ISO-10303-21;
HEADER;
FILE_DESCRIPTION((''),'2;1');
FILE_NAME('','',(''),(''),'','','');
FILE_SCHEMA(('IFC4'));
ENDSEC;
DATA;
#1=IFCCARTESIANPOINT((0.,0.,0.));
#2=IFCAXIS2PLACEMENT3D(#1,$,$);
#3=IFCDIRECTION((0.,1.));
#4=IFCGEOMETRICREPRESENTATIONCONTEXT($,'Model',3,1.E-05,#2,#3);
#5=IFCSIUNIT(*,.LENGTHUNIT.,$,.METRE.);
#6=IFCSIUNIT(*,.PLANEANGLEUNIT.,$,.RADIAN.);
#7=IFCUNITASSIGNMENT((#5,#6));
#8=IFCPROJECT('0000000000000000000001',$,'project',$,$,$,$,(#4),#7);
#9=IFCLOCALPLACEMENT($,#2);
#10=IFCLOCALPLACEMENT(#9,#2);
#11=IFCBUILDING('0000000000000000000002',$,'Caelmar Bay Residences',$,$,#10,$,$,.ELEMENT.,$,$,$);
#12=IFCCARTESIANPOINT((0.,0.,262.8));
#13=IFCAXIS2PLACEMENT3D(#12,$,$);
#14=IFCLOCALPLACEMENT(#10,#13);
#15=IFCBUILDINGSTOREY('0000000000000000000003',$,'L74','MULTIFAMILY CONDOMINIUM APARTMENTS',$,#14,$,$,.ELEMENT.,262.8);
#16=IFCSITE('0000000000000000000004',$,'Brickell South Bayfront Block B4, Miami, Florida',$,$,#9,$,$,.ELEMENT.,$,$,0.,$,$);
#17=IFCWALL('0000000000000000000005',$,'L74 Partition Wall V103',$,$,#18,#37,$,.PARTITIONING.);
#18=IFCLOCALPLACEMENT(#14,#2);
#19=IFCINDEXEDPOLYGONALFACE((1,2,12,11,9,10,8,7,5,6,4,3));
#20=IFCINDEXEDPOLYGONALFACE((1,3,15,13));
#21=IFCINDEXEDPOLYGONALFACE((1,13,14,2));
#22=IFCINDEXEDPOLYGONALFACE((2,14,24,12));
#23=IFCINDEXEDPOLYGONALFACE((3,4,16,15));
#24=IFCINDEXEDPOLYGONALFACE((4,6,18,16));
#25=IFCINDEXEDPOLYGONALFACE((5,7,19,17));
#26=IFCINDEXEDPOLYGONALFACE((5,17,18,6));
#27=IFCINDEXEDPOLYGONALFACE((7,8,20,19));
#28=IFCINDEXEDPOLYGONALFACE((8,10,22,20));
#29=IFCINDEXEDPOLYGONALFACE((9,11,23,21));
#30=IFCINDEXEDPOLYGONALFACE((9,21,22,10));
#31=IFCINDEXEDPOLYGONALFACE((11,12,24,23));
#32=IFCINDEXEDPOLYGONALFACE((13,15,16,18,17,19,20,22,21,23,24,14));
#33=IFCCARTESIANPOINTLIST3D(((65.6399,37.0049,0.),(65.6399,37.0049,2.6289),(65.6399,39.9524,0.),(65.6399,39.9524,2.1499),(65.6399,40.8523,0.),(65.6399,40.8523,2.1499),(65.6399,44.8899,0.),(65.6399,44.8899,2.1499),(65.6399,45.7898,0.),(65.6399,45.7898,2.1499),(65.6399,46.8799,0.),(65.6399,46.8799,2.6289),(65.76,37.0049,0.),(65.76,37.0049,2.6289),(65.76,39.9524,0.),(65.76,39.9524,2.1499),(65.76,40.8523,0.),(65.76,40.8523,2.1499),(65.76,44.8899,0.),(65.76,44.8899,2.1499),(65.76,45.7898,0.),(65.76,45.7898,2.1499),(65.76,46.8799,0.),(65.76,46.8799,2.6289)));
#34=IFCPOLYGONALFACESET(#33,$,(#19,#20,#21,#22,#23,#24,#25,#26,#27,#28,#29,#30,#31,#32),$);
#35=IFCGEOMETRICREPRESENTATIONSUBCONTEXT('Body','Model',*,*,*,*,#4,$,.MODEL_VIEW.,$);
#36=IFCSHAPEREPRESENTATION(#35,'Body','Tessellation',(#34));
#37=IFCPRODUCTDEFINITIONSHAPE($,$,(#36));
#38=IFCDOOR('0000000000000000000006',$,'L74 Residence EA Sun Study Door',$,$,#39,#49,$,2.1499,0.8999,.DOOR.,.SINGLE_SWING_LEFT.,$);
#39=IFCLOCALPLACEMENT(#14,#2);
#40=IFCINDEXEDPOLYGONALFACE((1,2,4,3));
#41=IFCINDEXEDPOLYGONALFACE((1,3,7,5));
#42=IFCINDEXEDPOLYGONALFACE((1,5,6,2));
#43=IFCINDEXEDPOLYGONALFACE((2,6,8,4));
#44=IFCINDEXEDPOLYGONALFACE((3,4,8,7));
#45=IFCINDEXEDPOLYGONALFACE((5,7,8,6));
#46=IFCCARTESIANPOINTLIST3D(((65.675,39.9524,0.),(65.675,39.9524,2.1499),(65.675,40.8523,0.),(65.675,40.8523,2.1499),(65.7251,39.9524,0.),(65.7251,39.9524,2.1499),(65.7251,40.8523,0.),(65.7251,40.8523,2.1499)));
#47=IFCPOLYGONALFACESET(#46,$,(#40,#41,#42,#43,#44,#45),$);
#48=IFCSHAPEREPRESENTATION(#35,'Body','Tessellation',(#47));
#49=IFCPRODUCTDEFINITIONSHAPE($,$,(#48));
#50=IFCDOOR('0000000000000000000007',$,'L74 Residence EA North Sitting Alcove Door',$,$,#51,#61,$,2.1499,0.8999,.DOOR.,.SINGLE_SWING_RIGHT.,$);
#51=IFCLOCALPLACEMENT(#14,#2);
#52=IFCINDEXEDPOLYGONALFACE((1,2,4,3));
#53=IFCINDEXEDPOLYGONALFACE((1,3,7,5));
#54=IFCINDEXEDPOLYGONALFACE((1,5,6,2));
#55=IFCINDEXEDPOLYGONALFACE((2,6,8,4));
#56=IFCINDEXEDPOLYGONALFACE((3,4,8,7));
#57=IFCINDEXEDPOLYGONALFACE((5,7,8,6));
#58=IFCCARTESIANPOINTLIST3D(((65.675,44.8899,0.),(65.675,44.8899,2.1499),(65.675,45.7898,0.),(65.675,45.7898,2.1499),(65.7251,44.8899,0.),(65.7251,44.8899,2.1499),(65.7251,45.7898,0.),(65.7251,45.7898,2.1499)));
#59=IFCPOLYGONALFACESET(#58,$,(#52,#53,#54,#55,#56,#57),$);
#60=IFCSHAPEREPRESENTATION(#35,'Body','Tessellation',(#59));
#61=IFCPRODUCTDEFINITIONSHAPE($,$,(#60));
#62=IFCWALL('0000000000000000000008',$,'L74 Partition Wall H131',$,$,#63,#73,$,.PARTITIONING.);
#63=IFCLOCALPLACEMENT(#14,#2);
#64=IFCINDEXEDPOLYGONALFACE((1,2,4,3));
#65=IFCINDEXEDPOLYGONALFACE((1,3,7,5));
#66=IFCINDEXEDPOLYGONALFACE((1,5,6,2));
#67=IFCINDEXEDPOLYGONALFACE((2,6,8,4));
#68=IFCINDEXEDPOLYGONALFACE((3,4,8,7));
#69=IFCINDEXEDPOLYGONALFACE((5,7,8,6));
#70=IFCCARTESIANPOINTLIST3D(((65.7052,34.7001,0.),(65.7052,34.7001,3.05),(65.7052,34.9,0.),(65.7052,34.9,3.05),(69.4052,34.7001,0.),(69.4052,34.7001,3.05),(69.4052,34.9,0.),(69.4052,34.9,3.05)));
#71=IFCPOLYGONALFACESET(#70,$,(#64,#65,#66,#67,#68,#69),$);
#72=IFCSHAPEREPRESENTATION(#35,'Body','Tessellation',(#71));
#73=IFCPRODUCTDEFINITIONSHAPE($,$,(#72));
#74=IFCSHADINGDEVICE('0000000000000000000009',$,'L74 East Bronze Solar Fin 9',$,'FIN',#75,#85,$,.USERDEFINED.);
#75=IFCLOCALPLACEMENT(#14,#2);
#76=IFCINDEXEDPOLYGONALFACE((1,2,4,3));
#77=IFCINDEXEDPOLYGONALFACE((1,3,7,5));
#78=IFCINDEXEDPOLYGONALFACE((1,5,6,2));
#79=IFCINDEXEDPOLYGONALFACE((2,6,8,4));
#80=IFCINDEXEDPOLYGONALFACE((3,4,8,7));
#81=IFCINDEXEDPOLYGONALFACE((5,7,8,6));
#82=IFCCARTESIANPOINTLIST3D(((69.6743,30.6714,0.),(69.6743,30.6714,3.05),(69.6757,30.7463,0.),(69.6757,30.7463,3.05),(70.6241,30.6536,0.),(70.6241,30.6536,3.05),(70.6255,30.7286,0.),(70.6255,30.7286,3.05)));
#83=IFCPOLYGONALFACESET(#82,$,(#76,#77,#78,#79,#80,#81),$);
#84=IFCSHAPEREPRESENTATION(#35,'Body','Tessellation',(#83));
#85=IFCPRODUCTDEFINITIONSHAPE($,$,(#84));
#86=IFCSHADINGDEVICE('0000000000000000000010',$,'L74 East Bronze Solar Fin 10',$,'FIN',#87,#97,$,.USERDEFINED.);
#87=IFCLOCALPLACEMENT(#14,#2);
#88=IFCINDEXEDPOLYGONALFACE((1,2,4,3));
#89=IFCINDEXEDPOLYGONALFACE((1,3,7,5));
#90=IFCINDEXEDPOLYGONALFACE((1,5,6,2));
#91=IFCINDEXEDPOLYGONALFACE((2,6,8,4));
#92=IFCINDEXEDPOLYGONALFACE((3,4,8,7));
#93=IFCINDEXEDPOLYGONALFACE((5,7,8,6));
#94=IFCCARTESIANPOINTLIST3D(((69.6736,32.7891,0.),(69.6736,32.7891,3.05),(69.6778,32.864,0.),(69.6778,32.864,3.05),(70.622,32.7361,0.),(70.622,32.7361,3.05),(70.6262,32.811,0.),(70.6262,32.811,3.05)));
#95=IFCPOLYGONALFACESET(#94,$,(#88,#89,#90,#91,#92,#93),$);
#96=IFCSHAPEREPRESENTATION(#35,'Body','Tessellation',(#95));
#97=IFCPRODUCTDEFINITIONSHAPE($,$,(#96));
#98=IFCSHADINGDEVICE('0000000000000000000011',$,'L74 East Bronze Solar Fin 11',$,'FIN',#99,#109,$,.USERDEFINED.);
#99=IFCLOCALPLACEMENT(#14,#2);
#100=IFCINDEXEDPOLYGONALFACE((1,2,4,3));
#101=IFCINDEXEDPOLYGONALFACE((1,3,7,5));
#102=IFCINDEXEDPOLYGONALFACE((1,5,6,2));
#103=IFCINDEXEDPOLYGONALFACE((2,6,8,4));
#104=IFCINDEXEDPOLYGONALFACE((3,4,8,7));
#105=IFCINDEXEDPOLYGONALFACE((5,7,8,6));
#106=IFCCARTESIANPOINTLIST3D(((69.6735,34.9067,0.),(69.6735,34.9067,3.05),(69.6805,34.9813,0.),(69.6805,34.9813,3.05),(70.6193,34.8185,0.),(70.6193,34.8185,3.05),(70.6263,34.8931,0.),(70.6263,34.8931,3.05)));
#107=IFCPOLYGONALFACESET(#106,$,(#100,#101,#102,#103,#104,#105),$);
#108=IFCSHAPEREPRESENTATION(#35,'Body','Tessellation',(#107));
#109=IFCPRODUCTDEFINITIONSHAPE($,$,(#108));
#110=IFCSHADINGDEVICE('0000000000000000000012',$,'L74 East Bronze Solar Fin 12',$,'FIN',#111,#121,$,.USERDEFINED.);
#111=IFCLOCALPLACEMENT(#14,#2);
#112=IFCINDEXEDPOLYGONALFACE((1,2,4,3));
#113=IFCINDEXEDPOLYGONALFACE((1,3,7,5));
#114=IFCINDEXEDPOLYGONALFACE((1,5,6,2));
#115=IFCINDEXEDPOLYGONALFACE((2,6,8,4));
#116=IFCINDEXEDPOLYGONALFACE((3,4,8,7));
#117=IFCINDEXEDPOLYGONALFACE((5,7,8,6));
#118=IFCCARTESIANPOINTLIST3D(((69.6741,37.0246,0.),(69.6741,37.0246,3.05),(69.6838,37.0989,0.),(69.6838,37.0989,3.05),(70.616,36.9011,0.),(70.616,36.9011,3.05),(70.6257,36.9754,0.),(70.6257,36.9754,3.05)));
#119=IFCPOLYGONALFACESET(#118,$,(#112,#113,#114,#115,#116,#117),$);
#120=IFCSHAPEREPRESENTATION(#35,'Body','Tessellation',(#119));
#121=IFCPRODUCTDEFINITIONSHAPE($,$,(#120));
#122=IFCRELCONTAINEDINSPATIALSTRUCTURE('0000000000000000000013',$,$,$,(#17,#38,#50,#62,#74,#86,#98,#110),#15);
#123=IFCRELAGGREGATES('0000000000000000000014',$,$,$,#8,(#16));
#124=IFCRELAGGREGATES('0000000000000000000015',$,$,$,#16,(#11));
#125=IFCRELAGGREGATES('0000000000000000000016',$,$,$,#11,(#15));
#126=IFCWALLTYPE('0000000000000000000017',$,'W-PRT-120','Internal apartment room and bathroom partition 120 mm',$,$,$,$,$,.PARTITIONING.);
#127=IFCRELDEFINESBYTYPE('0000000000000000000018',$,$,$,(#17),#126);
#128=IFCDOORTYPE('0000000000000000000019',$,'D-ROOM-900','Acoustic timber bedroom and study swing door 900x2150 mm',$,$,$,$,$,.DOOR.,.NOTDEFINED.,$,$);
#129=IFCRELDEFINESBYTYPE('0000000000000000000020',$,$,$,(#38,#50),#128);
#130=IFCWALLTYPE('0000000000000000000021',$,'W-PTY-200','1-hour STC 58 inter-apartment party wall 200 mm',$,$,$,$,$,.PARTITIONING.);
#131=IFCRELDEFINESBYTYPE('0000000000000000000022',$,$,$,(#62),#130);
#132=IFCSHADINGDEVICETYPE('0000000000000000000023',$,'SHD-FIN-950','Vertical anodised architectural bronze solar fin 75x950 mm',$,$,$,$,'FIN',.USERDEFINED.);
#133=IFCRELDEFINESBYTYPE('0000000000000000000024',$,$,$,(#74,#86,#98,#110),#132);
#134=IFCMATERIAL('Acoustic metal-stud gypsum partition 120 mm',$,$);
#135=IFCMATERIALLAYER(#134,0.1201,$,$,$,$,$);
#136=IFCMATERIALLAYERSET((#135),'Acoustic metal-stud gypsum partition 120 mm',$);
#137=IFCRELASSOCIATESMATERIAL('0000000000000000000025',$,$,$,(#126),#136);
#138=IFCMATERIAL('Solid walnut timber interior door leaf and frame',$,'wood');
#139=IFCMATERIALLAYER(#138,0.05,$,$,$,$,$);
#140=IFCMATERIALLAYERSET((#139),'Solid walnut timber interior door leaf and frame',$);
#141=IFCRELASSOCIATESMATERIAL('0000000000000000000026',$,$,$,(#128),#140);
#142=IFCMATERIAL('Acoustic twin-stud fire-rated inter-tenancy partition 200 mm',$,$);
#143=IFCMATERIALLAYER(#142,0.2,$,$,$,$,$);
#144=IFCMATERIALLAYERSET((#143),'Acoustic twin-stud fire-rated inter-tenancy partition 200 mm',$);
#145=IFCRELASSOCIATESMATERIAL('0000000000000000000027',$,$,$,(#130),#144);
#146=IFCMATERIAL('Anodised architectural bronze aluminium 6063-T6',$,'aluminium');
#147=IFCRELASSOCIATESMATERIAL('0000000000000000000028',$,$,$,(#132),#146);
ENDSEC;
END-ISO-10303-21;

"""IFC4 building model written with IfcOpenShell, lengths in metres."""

from ifc_helpers import new_model, si_unit, direction, frame, frame_2d, origin, origin_2d, place, context, subcontext, project, spatial, rectangle, extrude, material, layer, layer_set, material_profile, profile_set, type_object, element, fill, save


model = new_model("IFC4")

# Units and contexts
model_context = context("Model", 3, precision=1e-05, world=origin(), true_north=direction((0.0, 1.0)))
body_context = subcontext(model_context, "Body", "Model", "MODEL_VIEW")
ifc_project = project(units=[si_unit("LENGTHUNIT", "METRE"), si_unit("PLANEANGLEUNIT", "RADIAN")], contexts=[model_context])

# Site, building, storey
site_placement = place(None, origin())
site = spatial("IfcSite", under=ifc_project, at=site_placement, Name="Brickell South Bayfront Block B4, Miami, Florida", CompositionType="ELEMENT", RefElevation=0.0)
building_placement = place(site_placement, origin())
building = spatial("IfcBuilding", under=site, at=building_placement, Name="Caelmar Bay Residences", CompositionType="ELEMENT")
storey_placement = place(building_placement, frame((0.0, 0.0, 262.8)))
storey = spatial("IfcBuildingStorey", under=building, at=storey_placement, Name="L74", Description="MULTIFAMILY CONDOMINIUM APARTMENTS", CompositionType="ELEMENT", Elevation=262.8)

# Shared definitions
ifc_material_1 = material(Name="Acoustic metal-stud gypsum partition 120 mm")
ifc_layer_1 = layer(ifc_material_1, 0.1201)
ifc_layer_set_1 = layer_set([ifc_layer_1], Name="Acoustic metal-stud gypsum partition 120 mm")
wall_type_1 = type_object("IfcWallType", Name="W-PRT-120", Description="Internal apartment room and bathroom partition 120 mm", PredefinedType="PARTITIONING", material=ifc_layer_set_1)

# Shared definitions
ifc_material_2 = material(Name="Solid walnut timber interior door leaf and frame", Category="wood")

# Wall, openings, doors
wall_1_placement = place(storey_placement, frame((65.7, 37.0049, 0.0), z_axis=(0.0, 0.0, 1.0), x_axis=(0.0, 1.0, 0.0)))
wall_1 = element("IfcWall", 1, at=wall_1_placement, inside=storey, type_object=wall_type_1, Name="L74 Partition Wall V103", PredefinedType="PARTITIONING", context=body_context, shape_type="SweptSolid", body=[
    extrude(rectangle(XDim=9.875, YDim=0.1201, at=frame_2d((4.9375, 0.0))), origin(), (0.0, 0.0, 1.0), 2.6289),
])
opening_1_placement = place(wall_1_placement, frame((2.9475, 0.0, 0.0)))
opening_1 = element("IfcOpeningElement", 2, at=opening_1_placement, cuts=wall_1, PredefinedType="OPENING", context=body_context, shape_type="SweptSolid", body=[
    extrude(rectangle(XDim=0.8999, YDim=2.1499, at=frame_2d((0.45, 1.075))), frame((0.0, 0.0701, 0.0), z_axis=(0.0, -1.0, 0.0), x_axis=(1.0, 0.0, 0.0)), (0.0, 0.0, 1.0), 0.1401),
])
opening_2_placement = place(wall_1_placement, frame((7.885, 0.0, 0.0)))
opening_2 = element("IfcOpeningElement", 3, at=opening_2_placement, cuts=wall_1, PredefinedType="OPENING", context=body_context, shape_type="SweptSolid", body=[
    extrude(rectangle(XDim=0.8999, YDim=2.1499, at=frame_2d((0.45, 1.075))), frame((0.0, 0.0701, 0.0), z_axis=(0.0, -1.0, 0.0), x_axis=(1.0, 0.0, 0.0)), (0.0, 0.0, 1.0), 0.1401),
])
ifc_layer_2 = layer(ifc_material_2, 0.05)
ifc_layer_set_2 = layer_set([ifc_layer_2], Name="Solid walnut timber interior door leaf and frame")
door_type_1 = type_object("IfcDoorType", Name="D-ROOM-900", Description="Acoustic timber bedroom and study swing door 900x2150 mm", OperationType="NOTDEFINED", PredefinedType="DOOR", material=ifc_layer_set_2)
door_1_placement = place(opening_1_placement, origin())
door_1 = element("IfcDoor", 4, at=door_1_placement, inside=storey, type_object=door_type_1, Name="L74 Residence EA Sun Study Door", OperationType="SINGLE_SWING_LEFT", OverallHeight=2.1499, OverallWidth=0.8999, PredefinedType="DOOR", context=body_context, shape_type="SweptSolid", body=[
    extrude(rectangle(XDim=0.8999, YDim=2.1499, at=frame_2d((0.45, 1.075))), frame((0.0, 0.0249, 0.0), z_axis=(0.0, -1.0, 0.0), x_axis=(1.0, 0.0, 0.0)), (0.0, 0.0, 1.0), 0.05),
])
fill(opening_1, door_1)
door_2_placement = place(opening_2_placement, origin())
door_2 = element("IfcDoor", 5, at=door_2_placement, inside=storey, type_object=door_type_1, Name="L74 Residence EA North Sitting Alcove Door", OperationType="SINGLE_SWING_RIGHT", OverallHeight=2.1499, OverallWidth=0.8999, PredefinedType="DOOR", context=body_context, shape_type="SweptSolid", body=[
    extrude(rectangle(XDim=0.8999, YDim=2.1499, at=frame_2d((0.45, 1.075))), frame((0.0, 0.0249, 0.0), z_axis=(0.0, -1.0, 0.0), x_axis=(1.0, 0.0, 0.0)), (0.0, 0.0, 1.0), 0.05),
])
fill(opening_2, door_2)

# Wall
ifc_material_3 = material(Name="Acoustic twin-stud fire-rated inter-tenancy partition 200 mm")
ifc_layer_3 = layer(ifc_material_3, 0.2)
ifc_layer_set_3 = layer_set([ifc_layer_3], Name="Acoustic twin-stud fire-rated inter-tenancy partition 200 mm")
wall_type_2 = type_object("IfcWallType", Name="W-PTY-200", Description="1-hour STC 58 inter-apartment party wall 200 mm", PredefinedType="PARTITIONING", material=ifc_layer_set_3)
wall_2_placement = place(storey_placement, frame((65.7051, 34.8, 0.0), z_axis=(0.0, 0.0, 1.0), x_axis=(1.0, 0.0, 0.0)))
element("IfcWall", 6, at=wall_2_placement, inside=storey, type_object=wall_type_2, Name="L74 Partition Wall H131", PredefinedType="PARTITIONING", context=body_context, shape_type="SweptSolid", body=[
    extrude(rectangle(XDim=3.7, YDim=0.2, at=frame_2d((1.8501, 0.0))), origin(), (0.0, 0.0, 1.0), 3.05),
])

# Shading devices
ifc_material_4 = material(Name="Anodised architectural bronze aluminium 6063-T6", Category="aluminium")
ifc_material_profile = material_profile(ifc_material_4, rectangle(XDim=0.075, YDim=0.95, at=origin_2d()), Name="BRONZE-FIN-75X950")
ifc_profile_set = profile_set([ifc_material_profile], Name="Anodised architectural bronze aluminium 6063-T6")
shading_device_type = type_object("IfcShadingDeviceType", Name="SHD-FIN-950", Description="Vertical anodised architectural bronze solar fin 75x950 mm", ElementType="FIN", PredefinedType="USERDEFINED", material=ifc_profile_set)
for number, where, z_axis, x_axis, name in (
    (7, (70.1499, 30.7, 0.0), (0.0, 0.0, 1.0), (0.018674, 0.999826, 0.0), "L74 East Bronze Solar Fin 9"),
    (8, (70.1499, 32.8, 0.0), (0.0, 0.0, 1.0), (0.055822, 0.998441, 0.0), "L74 East Bronze Solar Fin 10"),
    (9, (70.1499, 34.8999, 0.0), (0.0, 0.0, 1.0), (0.092892, 0.995676, 0.0), "L74 East Bronze Solar Fin 11"),
    (10, (70.1499, 37.0, 0.0), (0.0, 0.0, 1.0), (0.130007, 0.991513, 0.0), "L74 East Bronze Solar Fin 12"),
):
    element("IfcShadingDevice", number, at=place(storey_placement, frame(where, z_axis=z_axis, x_axis=x_axis)), inside=storey, type_object=shading_device_type, Name=name, ObjectType="FIN", PredefinedType="USERDEFINED", context=body_context, shape_type="SweptSolid", body=[
        extrude(rectangle(XDim=0.075, YDim=0.95, at=origin_2d()), origin(), (0.0, 0.0, 1.0), 3.05),
    ])

save(model, "model.ifc")
